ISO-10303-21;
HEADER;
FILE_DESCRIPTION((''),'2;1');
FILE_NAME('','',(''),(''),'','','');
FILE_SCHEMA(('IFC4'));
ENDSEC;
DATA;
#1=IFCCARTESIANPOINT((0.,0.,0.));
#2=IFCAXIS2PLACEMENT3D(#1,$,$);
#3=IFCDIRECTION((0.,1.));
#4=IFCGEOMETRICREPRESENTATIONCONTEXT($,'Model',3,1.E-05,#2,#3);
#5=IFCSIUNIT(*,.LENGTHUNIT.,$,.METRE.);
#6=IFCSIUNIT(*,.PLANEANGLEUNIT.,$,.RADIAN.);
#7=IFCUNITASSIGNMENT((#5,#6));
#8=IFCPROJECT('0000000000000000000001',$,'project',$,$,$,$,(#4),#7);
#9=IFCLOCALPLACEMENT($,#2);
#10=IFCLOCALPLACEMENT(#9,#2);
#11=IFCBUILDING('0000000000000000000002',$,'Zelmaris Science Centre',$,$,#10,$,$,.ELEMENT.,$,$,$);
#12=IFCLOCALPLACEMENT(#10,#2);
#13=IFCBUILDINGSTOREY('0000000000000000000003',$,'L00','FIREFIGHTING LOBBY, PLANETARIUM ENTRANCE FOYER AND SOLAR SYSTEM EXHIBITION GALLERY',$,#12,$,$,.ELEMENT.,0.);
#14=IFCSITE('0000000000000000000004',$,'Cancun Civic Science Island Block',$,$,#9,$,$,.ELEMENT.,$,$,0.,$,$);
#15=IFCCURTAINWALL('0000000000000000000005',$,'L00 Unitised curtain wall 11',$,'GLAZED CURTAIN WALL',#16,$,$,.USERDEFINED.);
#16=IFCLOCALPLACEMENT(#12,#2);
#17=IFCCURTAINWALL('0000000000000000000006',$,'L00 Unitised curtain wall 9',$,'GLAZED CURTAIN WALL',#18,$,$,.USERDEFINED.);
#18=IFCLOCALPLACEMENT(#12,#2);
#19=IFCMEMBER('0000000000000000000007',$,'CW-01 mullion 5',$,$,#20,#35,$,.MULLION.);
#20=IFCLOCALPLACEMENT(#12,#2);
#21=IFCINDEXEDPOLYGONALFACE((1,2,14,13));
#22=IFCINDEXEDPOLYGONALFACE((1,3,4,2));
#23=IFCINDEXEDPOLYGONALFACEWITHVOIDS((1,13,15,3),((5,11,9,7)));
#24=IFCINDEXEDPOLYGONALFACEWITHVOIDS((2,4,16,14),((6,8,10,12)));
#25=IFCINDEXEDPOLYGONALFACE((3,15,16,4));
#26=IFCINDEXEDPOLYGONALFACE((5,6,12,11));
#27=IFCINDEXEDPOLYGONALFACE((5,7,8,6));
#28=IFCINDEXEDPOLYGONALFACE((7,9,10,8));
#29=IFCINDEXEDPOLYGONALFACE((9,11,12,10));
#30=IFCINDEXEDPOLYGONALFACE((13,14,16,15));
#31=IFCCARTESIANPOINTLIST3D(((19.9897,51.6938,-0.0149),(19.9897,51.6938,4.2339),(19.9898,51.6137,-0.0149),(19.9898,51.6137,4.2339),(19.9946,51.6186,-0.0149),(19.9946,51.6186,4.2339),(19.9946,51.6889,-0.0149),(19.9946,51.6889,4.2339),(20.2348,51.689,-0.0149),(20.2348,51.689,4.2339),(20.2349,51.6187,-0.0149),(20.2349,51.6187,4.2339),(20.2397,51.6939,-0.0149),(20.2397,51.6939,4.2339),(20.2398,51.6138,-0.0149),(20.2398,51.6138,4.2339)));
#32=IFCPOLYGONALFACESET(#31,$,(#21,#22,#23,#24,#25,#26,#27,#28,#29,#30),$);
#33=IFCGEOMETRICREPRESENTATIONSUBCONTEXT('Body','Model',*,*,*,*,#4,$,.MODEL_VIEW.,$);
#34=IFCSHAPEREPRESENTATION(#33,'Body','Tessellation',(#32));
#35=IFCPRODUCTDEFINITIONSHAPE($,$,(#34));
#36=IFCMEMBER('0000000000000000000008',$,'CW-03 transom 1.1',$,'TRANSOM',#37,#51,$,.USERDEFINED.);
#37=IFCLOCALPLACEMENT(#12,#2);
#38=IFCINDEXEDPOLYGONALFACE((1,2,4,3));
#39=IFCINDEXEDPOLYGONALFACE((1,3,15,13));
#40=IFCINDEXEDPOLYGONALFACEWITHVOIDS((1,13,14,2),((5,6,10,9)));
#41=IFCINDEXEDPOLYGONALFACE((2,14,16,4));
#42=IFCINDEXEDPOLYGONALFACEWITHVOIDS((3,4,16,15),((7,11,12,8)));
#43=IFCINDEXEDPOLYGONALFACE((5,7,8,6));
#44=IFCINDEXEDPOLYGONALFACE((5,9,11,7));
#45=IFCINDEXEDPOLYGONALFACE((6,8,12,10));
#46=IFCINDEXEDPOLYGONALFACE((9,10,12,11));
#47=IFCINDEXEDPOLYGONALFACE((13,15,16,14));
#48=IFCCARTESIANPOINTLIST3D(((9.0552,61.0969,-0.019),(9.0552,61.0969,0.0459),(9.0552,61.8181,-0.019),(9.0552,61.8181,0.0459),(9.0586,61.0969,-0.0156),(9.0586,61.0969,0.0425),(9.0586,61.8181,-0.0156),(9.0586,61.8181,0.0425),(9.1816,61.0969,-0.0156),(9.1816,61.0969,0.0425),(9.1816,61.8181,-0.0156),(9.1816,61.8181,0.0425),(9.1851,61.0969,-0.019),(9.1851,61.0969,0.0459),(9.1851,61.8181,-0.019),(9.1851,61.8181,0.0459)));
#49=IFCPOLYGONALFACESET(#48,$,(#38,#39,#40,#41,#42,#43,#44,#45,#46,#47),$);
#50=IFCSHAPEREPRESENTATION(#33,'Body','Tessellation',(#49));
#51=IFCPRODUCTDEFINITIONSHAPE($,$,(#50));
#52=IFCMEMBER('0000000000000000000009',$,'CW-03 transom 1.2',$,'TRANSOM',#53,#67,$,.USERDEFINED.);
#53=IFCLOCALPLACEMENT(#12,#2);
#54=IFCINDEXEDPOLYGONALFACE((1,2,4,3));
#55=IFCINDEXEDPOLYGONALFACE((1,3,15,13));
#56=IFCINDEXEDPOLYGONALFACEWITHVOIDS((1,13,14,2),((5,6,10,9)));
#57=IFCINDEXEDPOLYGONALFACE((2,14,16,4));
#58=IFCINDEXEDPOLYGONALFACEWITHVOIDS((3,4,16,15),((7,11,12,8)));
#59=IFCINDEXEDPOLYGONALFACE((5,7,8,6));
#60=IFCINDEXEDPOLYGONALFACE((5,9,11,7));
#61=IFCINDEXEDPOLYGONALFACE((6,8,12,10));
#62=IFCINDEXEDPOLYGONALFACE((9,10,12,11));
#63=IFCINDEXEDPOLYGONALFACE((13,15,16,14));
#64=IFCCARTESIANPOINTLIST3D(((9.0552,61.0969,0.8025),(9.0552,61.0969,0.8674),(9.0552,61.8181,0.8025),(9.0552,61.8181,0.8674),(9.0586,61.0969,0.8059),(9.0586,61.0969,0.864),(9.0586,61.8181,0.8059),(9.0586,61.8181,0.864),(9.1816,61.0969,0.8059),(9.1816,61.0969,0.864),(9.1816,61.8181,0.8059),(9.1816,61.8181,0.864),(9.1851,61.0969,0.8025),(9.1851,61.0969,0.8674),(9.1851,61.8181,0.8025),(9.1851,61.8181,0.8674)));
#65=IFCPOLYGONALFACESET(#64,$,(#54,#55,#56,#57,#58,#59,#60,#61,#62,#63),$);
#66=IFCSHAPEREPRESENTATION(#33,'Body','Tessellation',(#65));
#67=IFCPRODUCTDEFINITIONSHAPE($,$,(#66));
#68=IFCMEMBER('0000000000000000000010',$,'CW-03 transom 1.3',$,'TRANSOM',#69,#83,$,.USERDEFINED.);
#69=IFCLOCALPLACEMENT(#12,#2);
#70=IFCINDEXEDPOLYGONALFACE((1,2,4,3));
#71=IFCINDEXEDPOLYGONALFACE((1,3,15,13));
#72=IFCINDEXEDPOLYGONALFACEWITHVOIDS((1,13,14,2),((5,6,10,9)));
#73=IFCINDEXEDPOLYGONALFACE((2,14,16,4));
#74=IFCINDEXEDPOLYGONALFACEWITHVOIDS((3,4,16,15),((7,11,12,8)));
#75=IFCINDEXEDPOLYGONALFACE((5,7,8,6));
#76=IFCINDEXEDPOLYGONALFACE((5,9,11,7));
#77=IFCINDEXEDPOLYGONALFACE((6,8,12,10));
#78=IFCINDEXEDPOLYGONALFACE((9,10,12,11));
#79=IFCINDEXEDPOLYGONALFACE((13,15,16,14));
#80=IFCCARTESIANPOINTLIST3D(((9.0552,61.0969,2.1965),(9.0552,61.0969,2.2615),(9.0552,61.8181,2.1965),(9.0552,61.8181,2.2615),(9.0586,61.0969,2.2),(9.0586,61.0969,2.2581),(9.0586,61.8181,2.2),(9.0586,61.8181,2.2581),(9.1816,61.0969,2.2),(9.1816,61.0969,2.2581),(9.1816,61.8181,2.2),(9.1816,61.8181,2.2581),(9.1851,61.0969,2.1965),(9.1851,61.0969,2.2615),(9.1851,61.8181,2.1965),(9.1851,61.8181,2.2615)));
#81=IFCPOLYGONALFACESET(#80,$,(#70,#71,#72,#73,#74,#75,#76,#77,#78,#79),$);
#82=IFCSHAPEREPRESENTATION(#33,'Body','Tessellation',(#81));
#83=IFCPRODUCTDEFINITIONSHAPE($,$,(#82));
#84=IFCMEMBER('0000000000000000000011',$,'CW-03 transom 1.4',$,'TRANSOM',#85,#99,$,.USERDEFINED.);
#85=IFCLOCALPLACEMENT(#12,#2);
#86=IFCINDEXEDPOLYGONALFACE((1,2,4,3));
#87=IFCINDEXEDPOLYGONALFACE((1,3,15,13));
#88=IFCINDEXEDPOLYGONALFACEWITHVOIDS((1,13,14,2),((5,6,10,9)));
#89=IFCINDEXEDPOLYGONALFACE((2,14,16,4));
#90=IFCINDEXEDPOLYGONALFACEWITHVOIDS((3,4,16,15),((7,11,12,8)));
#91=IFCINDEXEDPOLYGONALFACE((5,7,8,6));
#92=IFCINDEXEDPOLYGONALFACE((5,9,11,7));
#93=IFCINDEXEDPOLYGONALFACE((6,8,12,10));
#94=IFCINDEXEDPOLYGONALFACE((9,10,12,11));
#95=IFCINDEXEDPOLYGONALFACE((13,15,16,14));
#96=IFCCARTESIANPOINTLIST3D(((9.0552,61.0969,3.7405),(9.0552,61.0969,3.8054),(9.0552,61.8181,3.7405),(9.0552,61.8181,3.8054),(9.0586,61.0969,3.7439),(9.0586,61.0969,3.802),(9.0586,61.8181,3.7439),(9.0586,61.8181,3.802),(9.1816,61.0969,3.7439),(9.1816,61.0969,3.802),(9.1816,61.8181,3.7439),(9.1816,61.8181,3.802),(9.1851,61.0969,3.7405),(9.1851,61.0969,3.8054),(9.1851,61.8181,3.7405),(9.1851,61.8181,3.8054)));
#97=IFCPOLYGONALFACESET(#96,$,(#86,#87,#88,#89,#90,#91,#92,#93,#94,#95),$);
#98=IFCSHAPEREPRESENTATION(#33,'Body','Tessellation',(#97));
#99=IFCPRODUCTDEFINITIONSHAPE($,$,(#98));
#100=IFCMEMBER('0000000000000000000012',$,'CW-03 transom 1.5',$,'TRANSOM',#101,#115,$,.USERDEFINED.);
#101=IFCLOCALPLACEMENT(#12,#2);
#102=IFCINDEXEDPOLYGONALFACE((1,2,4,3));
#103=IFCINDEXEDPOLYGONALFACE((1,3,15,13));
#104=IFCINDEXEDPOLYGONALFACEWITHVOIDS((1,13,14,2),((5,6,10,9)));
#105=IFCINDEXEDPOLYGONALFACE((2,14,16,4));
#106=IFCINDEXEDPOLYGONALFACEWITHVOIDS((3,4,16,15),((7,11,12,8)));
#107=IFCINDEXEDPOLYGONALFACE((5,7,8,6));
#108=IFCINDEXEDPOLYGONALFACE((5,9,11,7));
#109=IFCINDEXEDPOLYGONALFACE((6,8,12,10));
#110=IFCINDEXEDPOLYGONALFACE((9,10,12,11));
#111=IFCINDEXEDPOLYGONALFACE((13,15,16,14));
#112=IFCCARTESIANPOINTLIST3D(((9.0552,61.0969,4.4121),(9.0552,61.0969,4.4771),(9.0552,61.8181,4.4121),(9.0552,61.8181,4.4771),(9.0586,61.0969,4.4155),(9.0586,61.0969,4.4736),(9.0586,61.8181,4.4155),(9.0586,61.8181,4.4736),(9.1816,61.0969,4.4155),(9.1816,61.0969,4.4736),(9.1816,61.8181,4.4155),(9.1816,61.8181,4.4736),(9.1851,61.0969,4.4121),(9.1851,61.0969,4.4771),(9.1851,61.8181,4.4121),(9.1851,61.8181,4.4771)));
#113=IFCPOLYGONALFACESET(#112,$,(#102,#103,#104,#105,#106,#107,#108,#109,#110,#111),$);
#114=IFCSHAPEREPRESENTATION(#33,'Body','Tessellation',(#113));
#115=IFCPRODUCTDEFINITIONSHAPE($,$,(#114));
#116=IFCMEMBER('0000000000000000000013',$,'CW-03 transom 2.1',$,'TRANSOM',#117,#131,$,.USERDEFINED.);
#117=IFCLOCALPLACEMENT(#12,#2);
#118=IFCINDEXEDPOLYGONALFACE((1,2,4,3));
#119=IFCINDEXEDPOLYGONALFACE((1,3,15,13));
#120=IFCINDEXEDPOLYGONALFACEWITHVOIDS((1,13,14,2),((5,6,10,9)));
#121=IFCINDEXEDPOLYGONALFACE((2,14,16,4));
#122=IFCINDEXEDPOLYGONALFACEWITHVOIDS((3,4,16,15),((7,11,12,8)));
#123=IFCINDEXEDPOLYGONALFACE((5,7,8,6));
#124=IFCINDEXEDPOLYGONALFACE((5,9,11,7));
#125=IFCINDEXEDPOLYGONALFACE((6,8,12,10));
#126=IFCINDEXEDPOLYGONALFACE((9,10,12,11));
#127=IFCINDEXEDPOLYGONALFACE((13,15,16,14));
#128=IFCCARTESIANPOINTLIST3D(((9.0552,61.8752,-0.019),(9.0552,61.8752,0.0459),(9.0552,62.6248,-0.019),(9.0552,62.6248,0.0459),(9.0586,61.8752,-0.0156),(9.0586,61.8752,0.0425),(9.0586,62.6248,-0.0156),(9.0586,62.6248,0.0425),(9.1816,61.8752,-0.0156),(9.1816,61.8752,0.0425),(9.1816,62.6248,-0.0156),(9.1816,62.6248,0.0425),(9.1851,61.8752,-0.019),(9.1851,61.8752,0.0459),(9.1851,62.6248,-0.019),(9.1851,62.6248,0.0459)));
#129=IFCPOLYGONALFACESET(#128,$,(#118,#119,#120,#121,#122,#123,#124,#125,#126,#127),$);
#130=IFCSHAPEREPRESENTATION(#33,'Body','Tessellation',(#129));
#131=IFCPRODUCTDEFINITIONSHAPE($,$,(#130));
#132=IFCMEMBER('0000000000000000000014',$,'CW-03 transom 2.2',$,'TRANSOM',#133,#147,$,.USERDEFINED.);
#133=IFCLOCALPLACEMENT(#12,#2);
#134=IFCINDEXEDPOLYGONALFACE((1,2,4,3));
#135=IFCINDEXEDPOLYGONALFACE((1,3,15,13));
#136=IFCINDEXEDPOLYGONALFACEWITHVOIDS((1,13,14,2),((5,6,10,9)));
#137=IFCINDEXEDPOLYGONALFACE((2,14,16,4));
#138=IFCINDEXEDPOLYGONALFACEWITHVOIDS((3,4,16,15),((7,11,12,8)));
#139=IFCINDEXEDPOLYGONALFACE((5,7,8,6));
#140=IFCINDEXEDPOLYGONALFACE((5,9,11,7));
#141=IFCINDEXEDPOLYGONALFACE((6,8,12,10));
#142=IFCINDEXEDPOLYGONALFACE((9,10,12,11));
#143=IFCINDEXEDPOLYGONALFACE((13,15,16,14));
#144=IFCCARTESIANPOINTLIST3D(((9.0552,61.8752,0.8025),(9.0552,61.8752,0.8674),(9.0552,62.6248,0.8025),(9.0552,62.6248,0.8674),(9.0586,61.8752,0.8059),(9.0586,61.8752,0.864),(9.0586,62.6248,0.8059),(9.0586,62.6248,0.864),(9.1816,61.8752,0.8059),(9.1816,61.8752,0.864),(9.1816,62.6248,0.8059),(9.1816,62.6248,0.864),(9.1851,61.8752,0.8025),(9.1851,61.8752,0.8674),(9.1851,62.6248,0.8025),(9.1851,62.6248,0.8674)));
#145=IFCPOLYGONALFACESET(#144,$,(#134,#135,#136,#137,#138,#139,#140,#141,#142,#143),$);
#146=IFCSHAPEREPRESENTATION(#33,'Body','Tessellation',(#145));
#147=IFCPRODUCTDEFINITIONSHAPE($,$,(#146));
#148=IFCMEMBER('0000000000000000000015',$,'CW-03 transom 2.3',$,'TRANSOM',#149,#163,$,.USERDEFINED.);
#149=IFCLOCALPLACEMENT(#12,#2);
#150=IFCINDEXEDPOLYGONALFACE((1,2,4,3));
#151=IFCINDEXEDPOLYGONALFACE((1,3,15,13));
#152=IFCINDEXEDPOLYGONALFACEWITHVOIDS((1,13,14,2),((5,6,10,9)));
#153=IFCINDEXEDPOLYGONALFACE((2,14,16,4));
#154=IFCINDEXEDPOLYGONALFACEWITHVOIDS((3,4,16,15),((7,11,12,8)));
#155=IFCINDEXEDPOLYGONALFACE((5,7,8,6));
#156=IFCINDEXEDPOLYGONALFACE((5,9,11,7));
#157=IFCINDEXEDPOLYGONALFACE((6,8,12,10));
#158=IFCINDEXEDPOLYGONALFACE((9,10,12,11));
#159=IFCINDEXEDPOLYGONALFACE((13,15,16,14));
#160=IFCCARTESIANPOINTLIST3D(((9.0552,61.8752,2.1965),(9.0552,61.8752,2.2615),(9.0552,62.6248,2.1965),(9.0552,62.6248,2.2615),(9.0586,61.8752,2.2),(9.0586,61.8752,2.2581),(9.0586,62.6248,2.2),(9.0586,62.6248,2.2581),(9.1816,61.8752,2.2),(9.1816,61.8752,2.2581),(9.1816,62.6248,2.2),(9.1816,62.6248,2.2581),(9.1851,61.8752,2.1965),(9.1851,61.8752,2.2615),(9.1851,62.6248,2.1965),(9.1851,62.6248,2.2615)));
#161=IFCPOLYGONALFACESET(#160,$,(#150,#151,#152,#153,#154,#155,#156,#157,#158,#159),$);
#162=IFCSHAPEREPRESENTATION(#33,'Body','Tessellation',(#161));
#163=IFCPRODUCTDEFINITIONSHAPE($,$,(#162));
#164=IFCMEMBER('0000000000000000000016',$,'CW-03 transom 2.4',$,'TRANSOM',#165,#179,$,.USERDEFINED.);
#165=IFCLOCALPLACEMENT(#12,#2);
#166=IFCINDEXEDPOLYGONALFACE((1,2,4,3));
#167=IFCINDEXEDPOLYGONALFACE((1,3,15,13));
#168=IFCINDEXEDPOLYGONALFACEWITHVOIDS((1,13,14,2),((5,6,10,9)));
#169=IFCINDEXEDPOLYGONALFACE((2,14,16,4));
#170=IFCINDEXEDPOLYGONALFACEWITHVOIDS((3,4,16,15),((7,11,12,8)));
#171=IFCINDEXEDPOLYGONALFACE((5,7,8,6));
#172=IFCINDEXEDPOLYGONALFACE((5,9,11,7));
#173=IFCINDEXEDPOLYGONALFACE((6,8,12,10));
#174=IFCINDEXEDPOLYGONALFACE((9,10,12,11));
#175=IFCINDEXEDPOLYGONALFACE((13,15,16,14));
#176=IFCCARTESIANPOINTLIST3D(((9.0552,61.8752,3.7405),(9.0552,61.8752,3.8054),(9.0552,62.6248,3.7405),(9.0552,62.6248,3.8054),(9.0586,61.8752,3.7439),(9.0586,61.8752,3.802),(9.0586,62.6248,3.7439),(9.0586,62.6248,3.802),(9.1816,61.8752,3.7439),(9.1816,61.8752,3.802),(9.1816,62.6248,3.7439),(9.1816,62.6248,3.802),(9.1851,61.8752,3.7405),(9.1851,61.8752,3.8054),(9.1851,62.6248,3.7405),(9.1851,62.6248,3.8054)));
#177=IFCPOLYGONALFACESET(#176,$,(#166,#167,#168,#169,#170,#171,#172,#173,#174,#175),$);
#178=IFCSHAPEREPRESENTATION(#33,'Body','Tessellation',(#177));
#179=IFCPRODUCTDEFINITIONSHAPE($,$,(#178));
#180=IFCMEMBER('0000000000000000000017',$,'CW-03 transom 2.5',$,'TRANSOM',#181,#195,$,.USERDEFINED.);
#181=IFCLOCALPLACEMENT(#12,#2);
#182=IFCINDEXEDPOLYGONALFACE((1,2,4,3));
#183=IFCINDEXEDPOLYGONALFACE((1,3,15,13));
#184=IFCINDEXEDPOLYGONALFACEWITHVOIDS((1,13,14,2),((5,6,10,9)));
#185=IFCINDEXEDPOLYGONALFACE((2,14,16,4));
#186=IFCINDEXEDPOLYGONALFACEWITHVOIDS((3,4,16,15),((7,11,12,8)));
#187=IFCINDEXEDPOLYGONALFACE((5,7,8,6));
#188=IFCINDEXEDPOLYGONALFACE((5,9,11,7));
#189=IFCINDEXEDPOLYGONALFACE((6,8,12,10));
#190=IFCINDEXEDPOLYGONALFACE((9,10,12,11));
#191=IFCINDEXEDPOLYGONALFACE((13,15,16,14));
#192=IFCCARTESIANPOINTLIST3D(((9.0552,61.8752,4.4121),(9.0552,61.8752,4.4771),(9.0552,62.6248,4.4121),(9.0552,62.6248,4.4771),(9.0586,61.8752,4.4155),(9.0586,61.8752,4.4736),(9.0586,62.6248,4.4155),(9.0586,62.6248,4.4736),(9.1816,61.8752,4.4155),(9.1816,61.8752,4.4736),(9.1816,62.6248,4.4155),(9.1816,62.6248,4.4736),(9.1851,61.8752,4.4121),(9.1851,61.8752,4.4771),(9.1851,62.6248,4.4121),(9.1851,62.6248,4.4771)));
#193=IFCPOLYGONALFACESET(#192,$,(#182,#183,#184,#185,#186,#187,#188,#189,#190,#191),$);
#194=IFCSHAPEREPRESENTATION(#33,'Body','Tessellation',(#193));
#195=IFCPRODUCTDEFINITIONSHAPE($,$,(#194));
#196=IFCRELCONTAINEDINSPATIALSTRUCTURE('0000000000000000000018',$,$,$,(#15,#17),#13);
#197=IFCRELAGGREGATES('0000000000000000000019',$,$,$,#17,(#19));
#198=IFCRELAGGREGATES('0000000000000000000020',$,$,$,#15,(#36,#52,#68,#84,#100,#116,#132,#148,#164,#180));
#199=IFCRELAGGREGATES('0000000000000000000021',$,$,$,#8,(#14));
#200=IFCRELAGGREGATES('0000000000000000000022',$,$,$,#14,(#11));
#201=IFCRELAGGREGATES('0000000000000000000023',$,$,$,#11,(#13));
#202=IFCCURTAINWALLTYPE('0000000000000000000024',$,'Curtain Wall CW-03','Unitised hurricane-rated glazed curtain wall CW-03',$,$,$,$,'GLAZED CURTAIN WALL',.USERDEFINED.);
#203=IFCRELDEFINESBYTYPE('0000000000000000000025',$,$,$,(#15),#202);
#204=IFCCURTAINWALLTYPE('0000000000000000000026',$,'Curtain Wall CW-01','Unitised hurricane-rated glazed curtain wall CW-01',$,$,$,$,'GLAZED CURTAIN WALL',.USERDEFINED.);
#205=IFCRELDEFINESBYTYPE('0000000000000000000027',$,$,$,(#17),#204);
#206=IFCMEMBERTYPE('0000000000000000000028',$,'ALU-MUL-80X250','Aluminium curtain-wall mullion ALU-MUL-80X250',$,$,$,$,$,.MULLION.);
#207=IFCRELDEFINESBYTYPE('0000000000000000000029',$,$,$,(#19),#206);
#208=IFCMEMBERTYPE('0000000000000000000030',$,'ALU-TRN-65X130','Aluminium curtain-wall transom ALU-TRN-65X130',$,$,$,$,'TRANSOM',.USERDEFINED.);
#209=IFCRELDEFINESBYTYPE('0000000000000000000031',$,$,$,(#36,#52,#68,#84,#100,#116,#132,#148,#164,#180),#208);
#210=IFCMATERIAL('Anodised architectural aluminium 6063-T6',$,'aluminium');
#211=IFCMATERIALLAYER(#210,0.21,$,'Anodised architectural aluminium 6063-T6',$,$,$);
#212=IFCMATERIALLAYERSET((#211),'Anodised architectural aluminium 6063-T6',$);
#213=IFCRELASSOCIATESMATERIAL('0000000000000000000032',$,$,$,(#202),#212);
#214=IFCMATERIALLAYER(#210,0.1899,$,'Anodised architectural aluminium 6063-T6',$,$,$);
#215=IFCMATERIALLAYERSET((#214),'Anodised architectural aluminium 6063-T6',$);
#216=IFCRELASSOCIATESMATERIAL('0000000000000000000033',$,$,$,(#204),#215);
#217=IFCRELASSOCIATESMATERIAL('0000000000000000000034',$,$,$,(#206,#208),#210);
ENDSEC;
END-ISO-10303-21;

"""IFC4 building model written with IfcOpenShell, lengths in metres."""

from ifc_helpers import new_model, si_unit, direction, frame, origin, origin_2d, place, context, subcontext, project, spatial, hollow_rectangle, extrude, material, layer, layer_set, material_profile, profile_set, type_object, element, aggregate, save


model = new_model("IFC4")

# Units and contexts
model_context = context("Model", 3, precision=1e-05, world=origin(), true_north=direction((0.0, 1.0)))
body_context = subcontext(model_context, "Body", "Model", "MODEL_VIEW")
ifc_project = project(units=[si_unit("LENGTHUNIT", "METRE"), si_unit("PLANEANGLEUNIT", "RADIAN")], contexts=[model_context])

# Site, building, storey
site_placement = place(None, origin())
site = spatial("IfcSite", under=ifc_project, at=site_placement, Name="Cancun Civic Science Island Block", CompositionType="ELEMENT", RefElevation=0.0)
building_placement = place(site_placement, origin())
building = spatial("IfcBuilding", under=site, at=building_placement, Name="Zelmaris Science Centre", CompositionType="ELEMENT")
storey_placement = place(building_placement, origin())
storey = spatial("IfcBuildingStorey", under=building, at=storey_placement, Name="L00", Description="FIREFIGHTING LOBBY, PLANETARIUM ENTRANCE FOYER AND SOLAR SYSTEM EXHIBITION GALLERY", CompositionType="ELEMENT", Elevation=0.0)

# Curtain walls, member
ifc_material_1 = material(Name="Anodised architectural aluminium 6063-T6", Category="aluminium")
ifc_layer_1 = layer(ifc_material_1, 0.21, Name="Anodised architectural aluminium 6063-T6")
ifc_layer_set_1 = layer_set([ifc_layer_1], Name="Anodised architectural aluminium 6063-T6")
curtain_wall_type_1 = type_object("IfcCurtainWallType", Name="Curtain Wall CW-03", Description="Unitised hurricane-rated glazed curtain wall CW-03", ElementType="GLAZED CURTAIN WALL", PredefinedType="USERDEFINED", material=ifc_layer_set_1)
curtain_wall_1_placement = place(storey_placement, origin())
curtain_wall_1 = element("IfcCurtainWall", 1, at=curtain_wall_1_placement, inside=storey, type_object=curtain_wall_type_1, Name="L00 Unitised curtain wall 11", ObjectType="GLAZED CURTAIN WALL", PredefinedType="USERDEFINED")
ifc_layer_2 = layer(ifc_material_1, 0.1899, Name="Anodised architectural aluminium 6063-T6")
ifc_layer_set_2 = layer_set([ifc_layer_2], Name="Anodised architectural aluminium 6063-T6")
curtain_wall_type_2 = type_object("IfcCurtainWallType", Name="Curtain Wall CW-01", Description="Unitised hurricane-rated glazed curtain wall CW-01", ElementType="GLAZED CURTAIN WALL", PredefinedType="USERDEFINED", material=ifc_layer_set_2)
curtain_wall_2_placement = place(storey_placement, origin())
curtain_wall_2 = element("IfcCurtainWall", 2, at=curtain_wall_2_placement, inside=storey, type_object=curtain_wall_type_2, Name="L00 Unitised curtain wall 9", ObjectType="GLAZED CURTAIN WALL", PredefinedType="USERDEFINED")
ifc_material_profile_1 = material_profile(ifc_material_1, hollow_rectangle(XDim=0.0801, YDim=0.25, WallThickness=0.0049, at=origin_2d()), Name="ALU-MUL-80X250")
ifc_profile_set_1 = profile_set([ifc_material_profile_1], Name="Anodised architectural aluminium 6063-T6")
member_type_1 = type_object("IfcMemberType", Name="ALU-MUL-80X250", Description="Aluminium curtain-wall mullion ALU-MUL-80X250", PredefinedType="MULLION", material=ifc_profile_set_1)
member_1_placement = place(storey_placement, frame((20.1147, 51.6538, -0.0149), z_axis=(0.0, 0.0, 1.0), x_axis=(-0.000428, 1.0, 0.0)))
member_1 = element("IfcMember", 3, at=member_1_placement, type_object=member_type_1, Name="CW-01 mullion 5", PredefinedType="MULLION", context=body_context, shape_type="SweptSolid", body=[
    extrude(hollow_rectangle(XDim=0.0801, YDim=0.25, WallThickness=0.0049, at=origin_2d()), origin(), (0.0, 0.0, 1.0), 4.2488),
])

# Members
ifc_material_profile_2 = material_profile(ifc_material_1, hollow_rectangle(XDim=0.0649, YDim=0.1299, WallThickness=0.0034, at=origin_2d()), Name="ALU-TRN-65X130")
ifc_profile_set_2 = profile_set([ifc_material_profile_2], Name="Anodised architectural aluminium 6063-T6")
member_type_2 = type_object("IfcMemberType", Name="ALU-TRN-65X130", Description="Aluminium curtain-wall transom ALU-TRN-65X130", ElementType="TRANSOM", PredefinedType="USERDEFINED", material=ifc_profile_set_2)
member_2_placement = place(storey_placement, frame((9.1201, 61.0969, 0.0134), z_axis=(0.0, 1.0, 0.0), x_axis=(0.0, 0.0, 1.0)))
member_2 = element("IfcMember", 4, at=member_2_placement, type_object=member_type_2, Name="CW-03 transom 1.1", ObjectType="TRANSOM", PredefinedType="USERDEFINED", context=body_context, shape_type="SweptSolid", body=[
    extrude(hollow_rectangle(XDim=0.0649, YDim=0.1299, WallThickness=0.0034, at=origin_2d()), origin(), (0.0, 0.0, 1.0), 0.7212),
])
member_3_placement = place(storey_placement, frame((9.1201, 61.0969, 0.835), z_axis=(0.0, 1.0, 0.0), x_axis=(0.0, 0.0, 1.0)))
member_3 = element("IfcMember", 5, at=member_3_placement, type_object=member_type_2, Name="CW-03 transom 1.2", ObjectType="TRANSOM", PredefinedType="USERDEFINED", context=body_context, shape_type="SweptSolid", body=[
    extrude(hollow_rectangle(XDim=0.0649, YDim=0.1299, WallThickness=0.0034, at=origin_2d()), origin(), (0.0, 0.0, 1.0), 0.7212),
])
member_4_placement = place(storey_placement, frame((9.1201, 61.0969, 2.229), z_axis=(0.0, 1.0, 0.0), x_axis=(0.0, 0.0, 1.0)))
member_4 = element("IfcMember", 6, at=member_4_placement, type_object=member_type_2, Name="CW-03 transom 1.3", ObjectType="TRANSOM", PredefinedType="USERDEFINED", context=body_context, shape_type="SweptSolid", body=[
    extrude(hollow_rectangle(XDim=0.0649, YDim=0.1299, WallThickness=0.0034, at=origin_2d()), origin(), (0.0, 0.0, 1.0), 0.7212),
])
member_5_placement = place(storey_placement, frame((9.1201, 61.0969, 3.7729), z_axis=(0.0, 1.0, 0.0), x_axis=(0.0, 0.0, 1.0)))
member_5 = element("IfcMember", 7, at=member_5_placement, type_object=member_type_2, Name="CW-03 transom 1.4", ObjectType="TRANSOM", PredefinedType="USERDEFINED", context=body_context, shape_type="SweptSolid", body=[
    extrude(hollow_rectangle(XDim=0.0649, YDim=0.1299, WallThickness=0.0034, at=origin_2d()), origin(), (0.0, 0.0, 1.0), 0.7212),
])
member_6_placement = place(storey_placement, frame((9.1201, 61.0969, 4.4446), z_axis=(0.0, 1.0, 0.0), x_axis=(0.0, 0.0, 1.0)))
member_6 = element("IfcMember", 8, at=member_6_placement, type_object=member_type_2, Name="CW-03 transom 1.5", ObjectType="TRANSOM", PredefinedType="USERDEFINED", context=body_context, shape_type="SweptSolid", body=[
    extrude(hollow_rectangle(XDim=0.0649, YDim=0.1299, WallThickness=0.0034, at=origin_2d()), origin(), (0.0, 0.0, 1.0), 0.7212),
])
member_7_placement = place(storey_placement, frame((9.1201, 61.8752, 0.0134), z_axis=(0.0, 1.0, 0.0), x_axis=(0.0, 0.0, 1.0)))
member_7 = element("IfcMember", 9, at=member_7_placement, type_object=member_type_2, Name="CW-03 transom 2.1", ObjectType="TRANSOM", PredefinedType="USERDEFINED", context=body_context, shape_type="SweptSolid", body=[
    extrude(hollow_rectangle(XDim=0.0649, YDim=0.1299, WallThickness=0.0034, at=origin_2d()), origin(), (0.0, 0.0, 1.0), 0.7495),
])
member_8_placement = place(storey_placement, frame((9.1201, 61.8752, 0.835), z_axis=(0.0, 1.0, 0.0), x_axis=(0.0, 0.0, 1.0)))
member_8 = element("IfcMember", 10, at=member_8_placement, type_object=member_type_2, Name="CW-03 transom 2.2", ObjectType="TRANSOM", PredefinedType="USERDEFINED", context=body_context, shape_type="SweptSolid", body=[
    extrude(hollow_rectangle(XDim=0.0649, YDim=0.1299, WallThickness=0.0034, at=origin_2d()), origin(), (0.0, 0.0, 1.0), 0.7495),
])
member_9_placement = place(storey_placement, frame((9.1201, 61.8752, 2.229), z_axis=(0.0, 1.0, 0.0), x_axis=(0.0, 0.0, 1.0)))
member_9 = element("IfcMember", 11, at=member_9_placement, type_object=member_type_2, Name="CW-03 transom 2.3", ObjectType="TRANSOM", PredefinedType="USERDEFINED", context=body_context, shape_type="SweptSolid", body=[
    extrude(hollow_rectangle(XDim=0.0649, YDim=0.1299, WallThickness=0.0034, at=origin_2d()), origin(), (0.0, 0.0, 1.0), 0.7495),
])
member_10_placement = place(storey_placement, frame((9.1201, 61.8752, 3.7729), z_axis=(0.0, 1.0, 0.0), x_axis=(0.0, 0.0, 1.0)))
member_10 = element("IfcMember", 12, at=member_10_placement, type_object=member_type_2, Name="CW-03 transom 2.4", ObjectType="TRANSOM", PredefinedType="USERDEFINED", context=body_context, shape_type="SweptSolid", body=[
    extrude(hollow_rectangle(XDim=0.0649, YDim=0.1299, WallThickness=0.0034, at=origin_2d()), origin(), (0.0, 0.0, 1.0), 0.7495),
])
member_11_placement = place(storey_placement, frame((9.1201, 61.8752, 4.4446), z_axis=(0.0, 1.0, 0.0), x_axis=(0.0, 0.0, 1.0)))
member_11 = element("IfcMember", 13, at=member_11_placement, type_object=member_type_2, Name="CW-03 transom 2.5", ObjectType="TRANSOM", PredefinedType="USERDEFINED", context=body_context, shape_type="SweptSolid", body=[
    extrude(hollow_rectangle(XDim=0.0649, YDim=0.1299, WallThickness=0.0034, at=origin_2d()), origin(), (0.0, 0.0, 1.0), 0.7495),
])
aggregate(curtain_wall_2, [member_1])

aggregate(curtain_wall_1, [member_2, member_3, member_4, member_5, member_6, member_7, member_8, member_9, member_10, member_11])

save(model, "model.ifc")
